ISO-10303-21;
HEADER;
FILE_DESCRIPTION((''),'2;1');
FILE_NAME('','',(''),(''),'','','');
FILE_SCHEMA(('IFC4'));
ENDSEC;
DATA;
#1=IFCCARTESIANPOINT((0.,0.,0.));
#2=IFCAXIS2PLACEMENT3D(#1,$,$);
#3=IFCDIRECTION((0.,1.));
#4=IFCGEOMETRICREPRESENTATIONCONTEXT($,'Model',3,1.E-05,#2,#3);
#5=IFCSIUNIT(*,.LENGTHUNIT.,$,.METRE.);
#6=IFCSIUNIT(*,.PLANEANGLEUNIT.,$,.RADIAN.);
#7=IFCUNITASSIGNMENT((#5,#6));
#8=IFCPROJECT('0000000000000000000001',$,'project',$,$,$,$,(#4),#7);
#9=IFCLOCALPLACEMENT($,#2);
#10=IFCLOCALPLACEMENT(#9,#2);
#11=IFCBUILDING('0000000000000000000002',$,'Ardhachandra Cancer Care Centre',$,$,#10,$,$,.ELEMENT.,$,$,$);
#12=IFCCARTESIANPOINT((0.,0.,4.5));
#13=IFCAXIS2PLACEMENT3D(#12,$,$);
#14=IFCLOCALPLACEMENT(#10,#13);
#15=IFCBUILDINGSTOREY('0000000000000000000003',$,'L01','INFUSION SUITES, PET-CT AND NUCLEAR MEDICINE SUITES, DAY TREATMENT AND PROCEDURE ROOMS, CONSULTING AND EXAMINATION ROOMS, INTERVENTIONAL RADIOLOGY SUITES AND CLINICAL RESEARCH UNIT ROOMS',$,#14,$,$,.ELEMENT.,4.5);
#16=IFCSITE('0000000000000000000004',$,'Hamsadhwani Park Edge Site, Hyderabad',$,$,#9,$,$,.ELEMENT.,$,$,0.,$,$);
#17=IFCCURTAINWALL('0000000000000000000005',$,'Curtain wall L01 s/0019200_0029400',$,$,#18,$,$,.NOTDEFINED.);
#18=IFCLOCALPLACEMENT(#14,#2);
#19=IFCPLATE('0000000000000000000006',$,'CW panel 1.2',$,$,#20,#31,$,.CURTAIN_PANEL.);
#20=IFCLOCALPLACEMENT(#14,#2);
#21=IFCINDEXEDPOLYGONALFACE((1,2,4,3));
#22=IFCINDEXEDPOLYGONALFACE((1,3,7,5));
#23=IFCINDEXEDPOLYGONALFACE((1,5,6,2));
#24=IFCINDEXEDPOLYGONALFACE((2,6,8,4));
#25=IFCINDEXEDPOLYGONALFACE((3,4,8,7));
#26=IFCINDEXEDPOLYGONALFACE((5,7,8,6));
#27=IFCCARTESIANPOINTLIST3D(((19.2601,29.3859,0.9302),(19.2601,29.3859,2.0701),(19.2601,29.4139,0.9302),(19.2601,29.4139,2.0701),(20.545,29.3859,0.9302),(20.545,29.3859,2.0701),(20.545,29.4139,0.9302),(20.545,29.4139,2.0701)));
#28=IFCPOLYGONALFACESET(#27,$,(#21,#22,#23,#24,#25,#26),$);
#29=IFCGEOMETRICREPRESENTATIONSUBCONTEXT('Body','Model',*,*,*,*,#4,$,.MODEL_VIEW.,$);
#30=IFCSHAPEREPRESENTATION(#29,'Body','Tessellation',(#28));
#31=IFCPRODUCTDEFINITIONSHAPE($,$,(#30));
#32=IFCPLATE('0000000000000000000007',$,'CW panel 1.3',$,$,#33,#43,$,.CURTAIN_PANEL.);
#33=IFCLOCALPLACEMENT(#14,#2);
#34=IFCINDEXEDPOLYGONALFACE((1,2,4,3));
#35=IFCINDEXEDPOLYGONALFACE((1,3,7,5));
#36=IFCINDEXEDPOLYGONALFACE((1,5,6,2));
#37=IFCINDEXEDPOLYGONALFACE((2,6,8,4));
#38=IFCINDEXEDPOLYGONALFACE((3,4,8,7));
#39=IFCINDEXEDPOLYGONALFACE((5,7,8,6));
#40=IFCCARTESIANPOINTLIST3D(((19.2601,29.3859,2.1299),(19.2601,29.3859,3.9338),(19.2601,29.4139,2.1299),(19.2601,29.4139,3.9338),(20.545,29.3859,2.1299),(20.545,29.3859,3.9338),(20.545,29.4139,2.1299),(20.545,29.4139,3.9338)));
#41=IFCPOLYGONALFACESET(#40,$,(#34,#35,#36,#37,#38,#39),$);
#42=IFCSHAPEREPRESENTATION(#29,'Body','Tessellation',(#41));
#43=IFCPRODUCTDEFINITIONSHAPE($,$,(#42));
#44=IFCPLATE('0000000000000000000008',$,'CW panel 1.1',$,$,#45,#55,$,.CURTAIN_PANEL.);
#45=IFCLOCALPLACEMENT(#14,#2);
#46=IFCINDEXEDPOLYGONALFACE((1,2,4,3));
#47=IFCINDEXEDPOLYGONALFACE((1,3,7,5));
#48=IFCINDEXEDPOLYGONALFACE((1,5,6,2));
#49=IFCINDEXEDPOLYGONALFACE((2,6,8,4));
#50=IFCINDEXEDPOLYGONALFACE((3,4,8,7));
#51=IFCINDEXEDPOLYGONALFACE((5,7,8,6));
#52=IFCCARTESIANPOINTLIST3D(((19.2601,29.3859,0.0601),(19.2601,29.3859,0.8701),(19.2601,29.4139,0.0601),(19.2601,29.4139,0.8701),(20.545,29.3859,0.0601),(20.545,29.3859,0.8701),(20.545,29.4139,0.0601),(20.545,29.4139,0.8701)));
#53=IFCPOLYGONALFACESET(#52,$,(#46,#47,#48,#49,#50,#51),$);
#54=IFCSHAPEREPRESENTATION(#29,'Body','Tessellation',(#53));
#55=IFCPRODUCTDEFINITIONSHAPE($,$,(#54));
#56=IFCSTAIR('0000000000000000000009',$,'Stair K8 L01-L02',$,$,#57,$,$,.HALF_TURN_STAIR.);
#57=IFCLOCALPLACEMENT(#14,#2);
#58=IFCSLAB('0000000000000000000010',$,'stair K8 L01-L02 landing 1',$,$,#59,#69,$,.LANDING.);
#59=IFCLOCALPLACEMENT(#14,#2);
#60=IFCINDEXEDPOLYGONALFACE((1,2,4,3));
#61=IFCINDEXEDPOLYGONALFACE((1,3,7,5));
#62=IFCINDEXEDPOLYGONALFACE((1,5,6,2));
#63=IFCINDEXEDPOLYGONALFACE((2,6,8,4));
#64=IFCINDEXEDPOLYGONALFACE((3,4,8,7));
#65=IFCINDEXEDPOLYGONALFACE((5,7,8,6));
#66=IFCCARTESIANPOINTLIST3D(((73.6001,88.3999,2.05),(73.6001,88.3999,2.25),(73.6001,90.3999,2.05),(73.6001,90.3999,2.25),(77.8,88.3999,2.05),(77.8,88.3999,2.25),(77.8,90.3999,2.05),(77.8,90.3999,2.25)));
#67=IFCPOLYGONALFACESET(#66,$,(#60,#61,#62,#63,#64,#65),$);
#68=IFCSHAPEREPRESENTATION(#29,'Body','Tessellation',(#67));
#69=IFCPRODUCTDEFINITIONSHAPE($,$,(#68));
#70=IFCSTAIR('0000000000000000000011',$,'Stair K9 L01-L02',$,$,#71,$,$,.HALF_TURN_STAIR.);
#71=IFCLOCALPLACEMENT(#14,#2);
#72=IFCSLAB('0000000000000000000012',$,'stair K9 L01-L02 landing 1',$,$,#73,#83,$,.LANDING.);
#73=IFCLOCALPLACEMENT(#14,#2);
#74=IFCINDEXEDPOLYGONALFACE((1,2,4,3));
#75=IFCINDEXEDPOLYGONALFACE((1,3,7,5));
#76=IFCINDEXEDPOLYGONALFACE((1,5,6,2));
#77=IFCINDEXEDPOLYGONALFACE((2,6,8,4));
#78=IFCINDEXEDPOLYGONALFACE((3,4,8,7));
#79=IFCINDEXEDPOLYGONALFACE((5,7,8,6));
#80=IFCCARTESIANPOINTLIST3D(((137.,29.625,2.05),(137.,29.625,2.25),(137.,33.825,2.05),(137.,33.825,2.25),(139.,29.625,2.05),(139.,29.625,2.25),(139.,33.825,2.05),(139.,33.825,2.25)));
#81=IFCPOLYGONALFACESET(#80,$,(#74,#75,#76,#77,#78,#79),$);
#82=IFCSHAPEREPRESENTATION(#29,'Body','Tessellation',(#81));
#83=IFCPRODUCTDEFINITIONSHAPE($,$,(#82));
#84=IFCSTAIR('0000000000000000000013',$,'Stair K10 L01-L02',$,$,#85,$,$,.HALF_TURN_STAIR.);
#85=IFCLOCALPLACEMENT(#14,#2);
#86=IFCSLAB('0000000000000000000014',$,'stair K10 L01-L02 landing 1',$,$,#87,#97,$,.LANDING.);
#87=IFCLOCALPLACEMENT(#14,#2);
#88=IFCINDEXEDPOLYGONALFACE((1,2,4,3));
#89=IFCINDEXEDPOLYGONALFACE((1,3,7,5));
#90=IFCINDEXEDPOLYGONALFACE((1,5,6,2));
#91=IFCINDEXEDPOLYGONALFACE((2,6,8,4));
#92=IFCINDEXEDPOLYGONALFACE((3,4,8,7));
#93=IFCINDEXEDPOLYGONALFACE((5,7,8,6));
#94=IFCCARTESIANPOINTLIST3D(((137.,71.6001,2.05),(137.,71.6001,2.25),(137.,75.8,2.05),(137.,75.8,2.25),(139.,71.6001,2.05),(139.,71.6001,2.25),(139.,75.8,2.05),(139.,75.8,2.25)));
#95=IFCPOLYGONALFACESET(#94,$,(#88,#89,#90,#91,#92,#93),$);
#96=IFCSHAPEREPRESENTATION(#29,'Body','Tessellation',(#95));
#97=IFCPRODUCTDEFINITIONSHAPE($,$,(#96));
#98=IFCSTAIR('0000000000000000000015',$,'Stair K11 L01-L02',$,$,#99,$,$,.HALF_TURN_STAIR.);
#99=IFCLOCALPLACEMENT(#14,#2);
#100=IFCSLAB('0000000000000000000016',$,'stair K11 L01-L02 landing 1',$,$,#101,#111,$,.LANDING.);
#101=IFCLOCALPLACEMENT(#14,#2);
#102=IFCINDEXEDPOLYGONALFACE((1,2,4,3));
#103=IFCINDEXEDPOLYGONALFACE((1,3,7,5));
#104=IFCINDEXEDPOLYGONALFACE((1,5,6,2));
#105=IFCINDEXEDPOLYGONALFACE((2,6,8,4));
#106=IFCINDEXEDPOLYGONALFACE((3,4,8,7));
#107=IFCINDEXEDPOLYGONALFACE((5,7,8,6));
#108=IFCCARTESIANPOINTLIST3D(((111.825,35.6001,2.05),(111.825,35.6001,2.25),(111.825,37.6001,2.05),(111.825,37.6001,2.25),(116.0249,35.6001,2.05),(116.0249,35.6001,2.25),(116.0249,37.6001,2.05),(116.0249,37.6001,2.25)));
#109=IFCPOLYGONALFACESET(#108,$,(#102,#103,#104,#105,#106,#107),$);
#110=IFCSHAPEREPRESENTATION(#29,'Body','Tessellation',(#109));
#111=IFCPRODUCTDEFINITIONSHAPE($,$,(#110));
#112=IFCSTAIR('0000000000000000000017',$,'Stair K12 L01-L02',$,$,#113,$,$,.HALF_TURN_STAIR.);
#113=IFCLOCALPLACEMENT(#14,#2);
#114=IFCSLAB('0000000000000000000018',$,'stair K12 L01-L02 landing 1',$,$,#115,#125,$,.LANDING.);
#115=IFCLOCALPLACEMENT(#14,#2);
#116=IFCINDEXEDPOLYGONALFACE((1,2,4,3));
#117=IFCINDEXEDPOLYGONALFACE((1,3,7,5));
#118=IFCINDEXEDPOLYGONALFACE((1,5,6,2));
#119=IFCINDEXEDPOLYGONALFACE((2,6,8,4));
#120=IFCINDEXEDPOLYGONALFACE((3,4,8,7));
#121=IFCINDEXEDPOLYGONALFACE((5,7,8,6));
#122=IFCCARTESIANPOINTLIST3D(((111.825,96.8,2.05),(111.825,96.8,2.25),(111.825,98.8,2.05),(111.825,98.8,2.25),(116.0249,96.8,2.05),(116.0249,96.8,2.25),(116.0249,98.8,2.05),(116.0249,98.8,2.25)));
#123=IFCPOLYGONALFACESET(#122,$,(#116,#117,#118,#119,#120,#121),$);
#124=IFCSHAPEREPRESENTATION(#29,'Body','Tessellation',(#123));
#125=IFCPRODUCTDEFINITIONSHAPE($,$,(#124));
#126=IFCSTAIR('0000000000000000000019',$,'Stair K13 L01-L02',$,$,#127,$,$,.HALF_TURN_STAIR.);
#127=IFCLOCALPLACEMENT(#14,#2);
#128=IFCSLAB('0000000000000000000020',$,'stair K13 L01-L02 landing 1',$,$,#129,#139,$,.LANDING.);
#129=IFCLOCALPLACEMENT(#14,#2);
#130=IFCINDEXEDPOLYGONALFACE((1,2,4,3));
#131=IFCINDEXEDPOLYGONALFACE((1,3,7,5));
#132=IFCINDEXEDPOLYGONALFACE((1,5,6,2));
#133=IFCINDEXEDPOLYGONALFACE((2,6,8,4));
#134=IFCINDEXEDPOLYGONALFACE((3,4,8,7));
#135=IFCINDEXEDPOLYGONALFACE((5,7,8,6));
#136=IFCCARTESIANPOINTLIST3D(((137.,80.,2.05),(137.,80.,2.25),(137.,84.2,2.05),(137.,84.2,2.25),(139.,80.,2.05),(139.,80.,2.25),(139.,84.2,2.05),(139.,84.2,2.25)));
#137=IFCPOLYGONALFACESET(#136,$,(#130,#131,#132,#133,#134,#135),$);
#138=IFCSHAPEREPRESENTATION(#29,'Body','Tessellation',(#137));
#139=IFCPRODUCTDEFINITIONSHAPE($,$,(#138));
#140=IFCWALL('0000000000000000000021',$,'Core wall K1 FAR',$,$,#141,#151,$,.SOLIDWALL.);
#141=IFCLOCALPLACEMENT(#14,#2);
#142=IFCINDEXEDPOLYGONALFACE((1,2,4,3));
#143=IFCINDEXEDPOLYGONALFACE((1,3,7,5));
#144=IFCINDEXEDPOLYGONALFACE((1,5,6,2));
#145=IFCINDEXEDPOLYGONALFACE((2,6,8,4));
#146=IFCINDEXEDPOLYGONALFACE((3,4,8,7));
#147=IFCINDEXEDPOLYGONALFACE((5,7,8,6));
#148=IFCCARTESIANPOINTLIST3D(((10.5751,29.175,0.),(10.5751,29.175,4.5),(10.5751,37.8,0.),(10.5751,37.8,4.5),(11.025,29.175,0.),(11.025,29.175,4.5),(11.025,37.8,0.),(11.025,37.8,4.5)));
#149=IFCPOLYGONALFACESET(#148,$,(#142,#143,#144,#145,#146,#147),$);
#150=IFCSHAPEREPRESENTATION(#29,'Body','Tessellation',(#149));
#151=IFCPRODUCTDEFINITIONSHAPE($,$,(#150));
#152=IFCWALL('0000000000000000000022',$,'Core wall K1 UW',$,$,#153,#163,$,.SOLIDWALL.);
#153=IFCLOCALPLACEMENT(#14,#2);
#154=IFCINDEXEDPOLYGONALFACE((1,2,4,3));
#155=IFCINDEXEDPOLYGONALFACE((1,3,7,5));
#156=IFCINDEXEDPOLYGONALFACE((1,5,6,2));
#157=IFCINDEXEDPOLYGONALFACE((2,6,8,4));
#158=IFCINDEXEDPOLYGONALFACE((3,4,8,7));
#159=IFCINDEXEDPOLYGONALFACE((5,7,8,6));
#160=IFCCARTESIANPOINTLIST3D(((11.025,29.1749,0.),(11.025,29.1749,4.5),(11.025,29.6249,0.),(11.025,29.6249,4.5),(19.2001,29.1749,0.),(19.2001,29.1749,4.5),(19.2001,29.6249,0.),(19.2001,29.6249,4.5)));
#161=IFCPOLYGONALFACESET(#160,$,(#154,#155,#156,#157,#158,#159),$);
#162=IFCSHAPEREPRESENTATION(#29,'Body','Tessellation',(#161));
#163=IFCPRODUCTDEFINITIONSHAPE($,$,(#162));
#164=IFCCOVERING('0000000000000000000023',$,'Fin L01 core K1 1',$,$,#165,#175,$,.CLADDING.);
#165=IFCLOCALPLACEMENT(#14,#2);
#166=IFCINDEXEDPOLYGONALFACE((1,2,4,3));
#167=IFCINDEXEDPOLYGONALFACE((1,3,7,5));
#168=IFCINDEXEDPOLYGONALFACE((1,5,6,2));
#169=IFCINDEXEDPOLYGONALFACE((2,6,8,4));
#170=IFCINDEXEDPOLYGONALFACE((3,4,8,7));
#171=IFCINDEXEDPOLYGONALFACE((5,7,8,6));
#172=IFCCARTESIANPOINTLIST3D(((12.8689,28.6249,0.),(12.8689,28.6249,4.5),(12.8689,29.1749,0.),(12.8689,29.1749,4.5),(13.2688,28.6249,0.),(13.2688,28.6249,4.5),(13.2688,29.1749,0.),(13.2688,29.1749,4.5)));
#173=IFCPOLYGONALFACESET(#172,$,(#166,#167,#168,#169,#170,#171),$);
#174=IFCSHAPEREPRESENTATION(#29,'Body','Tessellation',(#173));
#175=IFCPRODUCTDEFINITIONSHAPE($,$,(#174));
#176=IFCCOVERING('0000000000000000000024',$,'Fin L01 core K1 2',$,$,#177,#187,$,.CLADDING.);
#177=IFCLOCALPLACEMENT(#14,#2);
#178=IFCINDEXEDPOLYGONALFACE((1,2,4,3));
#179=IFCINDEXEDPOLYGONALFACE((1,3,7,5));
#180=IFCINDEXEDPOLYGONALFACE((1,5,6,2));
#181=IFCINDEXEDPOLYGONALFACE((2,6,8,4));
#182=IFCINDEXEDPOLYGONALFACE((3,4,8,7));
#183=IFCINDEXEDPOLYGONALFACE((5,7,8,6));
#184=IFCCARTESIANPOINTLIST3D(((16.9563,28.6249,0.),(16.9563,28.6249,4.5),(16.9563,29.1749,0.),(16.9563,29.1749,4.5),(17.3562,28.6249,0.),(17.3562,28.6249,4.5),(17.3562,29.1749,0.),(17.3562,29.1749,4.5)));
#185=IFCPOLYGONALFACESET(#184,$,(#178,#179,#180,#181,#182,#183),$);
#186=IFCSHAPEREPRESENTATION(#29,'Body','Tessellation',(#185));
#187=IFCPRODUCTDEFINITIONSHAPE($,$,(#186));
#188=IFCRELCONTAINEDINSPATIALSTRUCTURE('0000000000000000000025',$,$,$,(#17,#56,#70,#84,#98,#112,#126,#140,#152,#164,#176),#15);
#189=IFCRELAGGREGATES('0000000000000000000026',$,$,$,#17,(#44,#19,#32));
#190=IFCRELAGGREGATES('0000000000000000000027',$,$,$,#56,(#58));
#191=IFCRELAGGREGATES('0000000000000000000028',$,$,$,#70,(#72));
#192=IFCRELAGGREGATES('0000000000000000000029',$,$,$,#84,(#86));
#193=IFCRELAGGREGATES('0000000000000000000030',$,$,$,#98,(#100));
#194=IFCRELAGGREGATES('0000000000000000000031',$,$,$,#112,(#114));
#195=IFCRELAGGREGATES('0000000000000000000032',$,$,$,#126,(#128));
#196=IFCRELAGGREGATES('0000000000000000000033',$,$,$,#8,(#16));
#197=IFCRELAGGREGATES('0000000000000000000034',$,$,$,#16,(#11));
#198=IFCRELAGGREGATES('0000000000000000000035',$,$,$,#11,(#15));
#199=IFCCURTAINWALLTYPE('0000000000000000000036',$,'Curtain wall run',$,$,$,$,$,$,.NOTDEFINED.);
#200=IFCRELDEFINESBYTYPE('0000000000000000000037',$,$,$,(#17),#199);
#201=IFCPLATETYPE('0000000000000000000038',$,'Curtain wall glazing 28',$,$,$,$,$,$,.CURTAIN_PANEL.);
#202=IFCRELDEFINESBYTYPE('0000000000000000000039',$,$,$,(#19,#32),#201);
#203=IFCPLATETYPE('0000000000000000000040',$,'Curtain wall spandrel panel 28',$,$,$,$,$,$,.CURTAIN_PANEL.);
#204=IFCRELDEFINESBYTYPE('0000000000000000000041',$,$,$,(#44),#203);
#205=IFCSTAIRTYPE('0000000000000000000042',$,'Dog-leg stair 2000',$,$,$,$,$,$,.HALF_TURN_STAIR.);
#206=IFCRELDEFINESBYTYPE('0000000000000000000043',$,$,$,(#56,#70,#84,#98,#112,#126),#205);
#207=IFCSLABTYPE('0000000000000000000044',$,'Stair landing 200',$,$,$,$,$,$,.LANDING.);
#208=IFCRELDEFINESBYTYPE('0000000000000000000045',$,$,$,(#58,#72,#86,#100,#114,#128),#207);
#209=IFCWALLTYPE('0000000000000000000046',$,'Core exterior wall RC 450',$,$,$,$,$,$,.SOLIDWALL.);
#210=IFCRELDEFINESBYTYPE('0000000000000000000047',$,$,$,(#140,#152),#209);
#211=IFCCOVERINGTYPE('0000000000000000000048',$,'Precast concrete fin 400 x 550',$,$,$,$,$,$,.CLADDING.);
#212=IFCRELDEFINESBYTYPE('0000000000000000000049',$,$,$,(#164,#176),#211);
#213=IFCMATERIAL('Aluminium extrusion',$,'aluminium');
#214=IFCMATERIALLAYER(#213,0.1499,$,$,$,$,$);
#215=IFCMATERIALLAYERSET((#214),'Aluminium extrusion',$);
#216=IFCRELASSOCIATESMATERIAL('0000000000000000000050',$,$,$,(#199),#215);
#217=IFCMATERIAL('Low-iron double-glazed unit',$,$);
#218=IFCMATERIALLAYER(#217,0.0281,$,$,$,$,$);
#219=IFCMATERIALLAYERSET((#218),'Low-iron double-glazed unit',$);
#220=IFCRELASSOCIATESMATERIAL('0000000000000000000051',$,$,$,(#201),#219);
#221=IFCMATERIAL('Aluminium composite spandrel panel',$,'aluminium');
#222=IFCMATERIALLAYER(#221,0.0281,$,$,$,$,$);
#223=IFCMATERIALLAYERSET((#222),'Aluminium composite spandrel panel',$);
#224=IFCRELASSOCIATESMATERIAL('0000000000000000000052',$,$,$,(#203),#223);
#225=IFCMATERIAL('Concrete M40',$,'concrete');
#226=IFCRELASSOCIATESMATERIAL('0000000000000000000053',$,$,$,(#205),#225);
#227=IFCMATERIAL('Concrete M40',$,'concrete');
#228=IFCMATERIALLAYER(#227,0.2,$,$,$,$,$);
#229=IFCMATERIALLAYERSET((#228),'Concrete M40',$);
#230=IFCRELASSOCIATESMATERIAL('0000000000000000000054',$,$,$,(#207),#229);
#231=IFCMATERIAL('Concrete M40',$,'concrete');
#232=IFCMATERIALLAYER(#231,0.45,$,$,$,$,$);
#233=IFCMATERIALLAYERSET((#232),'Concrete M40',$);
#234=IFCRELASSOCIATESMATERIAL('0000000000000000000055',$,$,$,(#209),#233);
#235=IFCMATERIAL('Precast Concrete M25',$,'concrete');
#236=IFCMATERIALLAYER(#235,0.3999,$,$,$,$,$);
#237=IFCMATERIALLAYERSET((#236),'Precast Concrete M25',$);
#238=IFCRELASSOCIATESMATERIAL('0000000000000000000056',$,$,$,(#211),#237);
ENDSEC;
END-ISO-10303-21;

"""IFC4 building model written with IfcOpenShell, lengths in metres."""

from ifc_helpers import new_model, si_unit, direction, frame, frame_2d, origin, origin_2d, place, context, subcontext, project, spatial, polyline, rectangle, outline, extrude, material, layer, layer_set, type_object, element, aggregate, save


model = new_model("IFC4")

# Units and contexts
model_context = context("Model", 3, precision=1e-05, world=origin(), true_north=direction((0.0, 1.0)))
body_context = subcontext(model_context, "Body", "Model", "MODEL_VIEW")
ifc_project = project(units=[si_unit("LENGTHUNIT", "METRE"), si_unit("PLANEANGLEUNIT", "RADIAN")], contexts=[model_context])

# Site, building, storey
site_placement = place(None, origin())
site = spatial("IfcSite", under=ifc_project, at=site_placement, Name="Hamsadhwani Park Edge Site, Hyderabad", CompositionType="ELEMENT", RefElevation=0.0)
building_placement = place(site_placement, origin())
building = spatial("IfcBuilding", under=site, at=building_placement, Name="Ardhachandra Cancer Care Centre", CompositionType="ELEMENT")
storey_placement = place(building_placement, frame((0.0, 0.0, 4.5)))
storey = spatial("IfcBuildingStorey", under=building, at=storey_placement, Name="L01", Description="INFUSION SUITES, PET-CT AND NUCLEAR MEDICINE SUITES, DAY TREATMENT AND PROCEDURE ROOMS, CONSULTING AND EXAMINATION ROOMS, INTERVENTIONAL RADIOLOGY SUITES AND CLINICAL RESEARCH UNIT ROOMS", CompositionType="ELEMENT", Elevation=4.5)

# Curtain wall
ifc_material_1 = material(Name="Aluminium extrusion", Category="aluminium")
ifc_layer_1 = layer(ifc_material_1, 0.1499)
ifc_layer_set_1 = layer_set([ifc_layer_1], Name="Aluminium extrusion")
curtain_wall_type = type_object("IfcCurtainWallType", Name="Curtain wall run", PredefinedType="NOTDEFINED", material=ifc_layer_set_1)
curtain_wall_placement = place(storey_placement, origin())
curtain_wall = element("IfcCurtainWall", 1, at=curtain_wall_placement, inside=storey, type_object=curtain_wall_type, Name="Curtain wall L01 s/0019200_0029400", PredefinedType="NOTDEFINED")

# Plates
ifc_material_2 = material(Name="Low-iron double-glazed unit")
ifc_layer_2 = layer(ifc_material_2, 0.0281)
ifc_layer_set_2 = layer_set([ifc_layer_2], Name="Low-iron double-glazed unit")
plate_type_1 = type_object("IfcPlateType", Name="Curtain wall glazing 28", PredefinedType="CURTAIN_PANEL", material=ifc_layer_set_2)
plate_1_placement = place(storey_placement, frame((19.9026, 29.3999, 0.9302), z_axis=(0.0, 0.0, 1.0), x_axis=(1.0, 0.0, 0.0)))
plate_1 = element("IfcPlate", 2, at=plate_1_placement, type_object=plate_type_1, Name="CW panel 1.2", PredefinedType="CURTAIN_PANEL", context=body_context, shape_type="SweptSolid", body=[
    extrude(rectangle(XDim=1.2849, YDim=0.0281, at=origin_2d()), origin(), (0.0, 0.0, 1.0), 1.1399),
])
plate_2_placement = place(storey_placement, frame((19.9026, 29.3999, 2.1299), z_axis=(0.0, 0.0, 1.0), x_axis=(1.0, 0.0, 0.0)))
plate_2 = element("IfcPlate", 3, at=plate_2_placement, type_object=plate_type_1, Name="CW panel 1.3", PredefinedType="CURTAIN_PANEL", context=body_context, shape_type="SweptSolid", body=[
    extrude(rectangle(XDim=1.2849, YDim=0.0281, at=origin_2d()), origin(), (0.0, 0.0, 1.0), 1.804),
])
ifc_material_3 = material(Name="Aluminium composite spandrel panel", Category="aluminium")
ifc_layer_3 = layer(ifc_material_3, 0.0281)
ifc_layer_set_3 = layer_set([ifc_layer_3], Name="Aluminium composite spandrel panel")
plate_type_2 = type_object("IfcPlateType", Name="Curtain wall spandrel panel 28", PredefinedType="CURTAIN_PANEL", material=ifc_layer_set_3)
plate_3_placement = place(storey_placement, frame((19.9026, 29.3999, 0.0601), z_axis=(0.0, 0.0, 1.0), x_axis=(1.0, 0.0, 0.0)))
plate_3 = element("IfcPlate", 4, at=plate_3_placement, type_object=plate_type_2, Name="CW panel 1.1", PredefinedType="CURTAIN_PANEL", context=body_context, shape_type="SweptSolid", body=[
    extrude(rectangle(XDim=1.2849, YDim=0.0281, at=origin_2d()), origin(), (0.0, 0.0, 1.0), 0.8101),
])
aggregate(curtain_wall, [plate_3, plate_1, plate_2])

# Stairs, slabs
ifc_material_4 = material(Name="Concrete M40", Category="concrete")
stair_type = type_object("IfcStairType", Name="Dog-leg stair 2000", PredefinedType="HALF_TURN_STAIR", material=ifc_material_4)
stair_1_placement = place(storey_placement, origin())
stair_1 = element("IfcStair", 5, at=stair_1_placement, inside=storey, type_object=stair_type, Name="Stair K8 L01-L02", PredefinedType="HALF_TURN_STAIR")
ifc_material_5 = material(Name="Concrete M40", Category="concrete")
ifc_layer_4 = layer(ifc_material_5, 0.2)
ifc_layer_set_4 = layer_set([ifc_layer_4], Name="Concrete M40")
slab_type_1 = type_object("IfcSlabType", Name="Stair landing 200", PredefinedType="LANDING", material=ifc_layer_set_4)
slab_1_placement = place(storey_placement, frame((0.0, 0.0, 2.05)))
slab_1 = element("IfcSlab", 6, at=slab_1_placement, type_object=slab_type_1, Name="stair K8 L01-L02 landing 1", PredefinedType="LANDING", context=body_context, shape_type="SweptSolid", body=[
    extrude(outline(polyline([(73.6001, 88.3999), (77.8, 88.3999), (77.8, 90.3999), (73.6001, 90.3999), (73.6001, 88.3999)])), origin(), (0.0, 0.0, 1.0), 0.2),
])
aggregate(stair_1, [slab_1])
stair_2_placement = place(storey_placement, origin())
stair_2 = element("IfcStair", 7, at=stair_2_placement, inside=storey, type_object=stair_type, Name="Stair K9 L01-L02", PredefinedType="HALF_TURN_STAIR")
slab_2_placement = place(storey_placement, frame((0.0, 0.0, 2.05)))
slab_2 = element("IfcSlab", 8, at=slab_2_placement, type_object=slab_type_1, Name="stair K9 L01-L02 landing 1", PredefinedType="LANDING", context=body_context, shape_type="SweptSolid", body=[
    extrude(outline(polyline([(137.0, 29.625), (139.0, 29.625), (139.0, 33.825), (137.0, 33.825), (137.0, 29.625)])), origin(), (0.0, 0.0, 1.0), 0.2),
])
aggregate(stair_2, [slab_2])
stair_3_placement = place(storey_placement, origin())
stair_3 = element("IfcStair", 9, at=stair_3_placement, inside=storey, type_object=stair_type, Name="Stair K10 L01-L02", PredefinedType="HALF_TURN_STAIR")
slab_3_placement = place(storey_placement, frame((0.0, 0.0, 2.05)))
slab_3 = element("IfcSlab", 10, at=slab_3_placement, type_object=slab_type_1, Name="stair K10 L01-L02 landing 1", PredefinedType="LANDING", context=body_context, shape_type="SweptSolid", body=[
    extrude(outline(polyline([(137.0, 71.6001), (139.0, 71.6001), (139.0, 75.8), (137.0, 75.8), (137.0, 71.6001)])), origin(), (0.0, 0.0, 1.0), 0.2),
])
aggregate(stair_3, [slab_3])
stair_4_placement = place(storey_placement, origin())
stair_4 = element("IfcStair", 11, at=stair_4_placement, inside=storey, type_object=stair_type, Name="Stair K11 L01-L02", PredefinedType="HALF_TURN_STAIR")
slab_4_placement = place(storey_placement, frame((0.0, 0.0, 2.05)))
slab_4 = element("IfcSlab", 12, at=slab_4_placement, type_object=slab_type_1, Name="stair K11 L01-L02 landing 1", PredefinedType="LANDING", context=body_context, shape_type="SweptSolid", body=[
    extrude(outline(polyline([(111.825, 35.6001), (116.0249, 35.6001), (116.0249, 37.6001), (111.825, 37.6001), (111.825, 35.6001)])), origin(), (0.0, 0.0, 1.0), 0.2),
])
aggregate(stair_4, [slab_4])
stair_5_placement = place(storey_placement, origin())
stair_5 = element("IfcStair", 13, at=stair_5_placement, inside=storey, type_object=stair_type, Name="Stair K12 L01-L02", PredefinedType="HALF_TURN_STAIR")
slab_5_placement = place(storey_placement, frame((0.0, 0.0, 2.05)))
slab_5 = element("IfcSlab", 14, at=slab_5_placement, type_object=slab_type_1, Name="stair K12 L01-L02 landing 1", PredefinedType="LANDING", context=body_context, shape_type="SweptSolid", body=[
    extrude(outline(polyline([(111.825, 96.8), (116.0249, 96.8), (116.0249, 98.8), (111.825, 98.8), (111.825, 96.8)])), origin(), (0.0, 0.0, 1.0), 0.2),
])
aggregate(stair_5, [slab_5])
stair_6_placement = place(storey_placement, origin())
stair_6 = element("IfcStair", 15, at=stair_6_placement, inside=storey, type_object=stair_type, Name="Stair K13 L01-L02", PredefinedType="HALF_TURN_STAIR")
slab_6_placement = place(storey_placement, frame((0.0, 0.0, 2.05)))
slab_6 = element("IfcSlab", 16, at=slab_6_placement, type_object=slab_type_1, Name="stair K13 L01-L02 landing 1", PredefinedType="LANDING", context=body_context, shape_type="SweptSolid", body=[
    extrude(outline(polyline([(137.0, 80.0), (139.0, 80.0), (139.0, 84.2), (137.0, 84.2), (137.0, 80.0)])), origin(), (0.0, 0.0, 1.0), 0.2),
])
aggregate(stair_6, [slab_6])

# Walls
ifc_material_6 = material(Name="Concrete M40", Category="concrete")
ifc_layer_5 = layer(ifc_material_6, 0.45)
ifc_layer_set_5 = layer_set([ifc_layer_5], Name="Concrete M40")
wall_type = type_object("IfcWallType", Name="Core exterior wall RC 450", PredefinedType="SOLIDWALL", material=ifc_layer_set_5)
wall_1_placement = place(storey_placement, frame((10.8, 29.175, 0.0), z_axis=(0.0, 0.0, 1.0), x_axis=(0.0, 1.0, 0.0)))
element("IfcWall", 17, at=wall_1_placement, inside=storey, type_object=wall_type, Name="Core wall K1 FAR", PredefinedType="SOLIDWALL", context=body_context, shape_type="SweptSolid", body=[
    extrude(rectangle(XDim=8.625, YDim=0.45, at=frame_2d((4.3125, 0.0))), origin(), (0.0, 0.0, 1.0), 4.5),
])
wall_2_placement = place(storey_placement, frame((19.2, 29.3999, 0.0), z_axis=(0.0, 0.0, 1.0), x_axis=(-1.0, 0.0, 0.0)))
element("IfcWall", 18, at=wall_2_placement, inside=storey, type_object=wall_type, Name="Core wall K1 UW", PredefinedType="SOLIDWALL", context=body_context, shape_type="SweptSolid", body=[
    extrude(rectangle(XDim=8.175, YDim=0.45, at=frame_2d((4.0874, 0.0))), origin(), (0.0, 0.0, 1.0), 4.5),
])

# Coverings
ifc_material_7 = material(Name="Precast Concrete M25", Category="concrete")
ifc_layer_6 = layer(ifc_material_7, 0.3999)
ifc_layer_set_6 = layer_set([ifc_layer_6], Name="Precast Concrete M25")
covering_type = type_object("IfcCoveringType", Name="Precast concrete fin 400 x 550", PredefinedType="CLADDING", material=ifc_layer_set_6)
for number, where, z_axis, x_axis, name in (
    (19, (13.0688, 28.8999, 0.0), (0.0, 0.0, 1.0), (1.0, 0.0, 0.0), "Fin L01 core K1 1"),
    (20, (17.1562, 28.8999, 0.0), (0.0, 0.0, 1.0), (1.0, 0.0, 0.0), "Fin L01 core K1 2"),
):
    element("IfcCovering", number, at=place(storey_placement, frame(where, z_axis=z_axis, x_axis=x_axis)), inside=storey, type_object=covering_type, Name=name, PredefinedType="CLADDING", context=body_context, shape_type="SweptSolid", body=[
        extrude(rectangle(XDim=0.3999, YDim=0.55, at=origin_2d()), origin(), (0.0, 0.0, 1.0), 4.5),
    ])

save(model, "model.ifc")
